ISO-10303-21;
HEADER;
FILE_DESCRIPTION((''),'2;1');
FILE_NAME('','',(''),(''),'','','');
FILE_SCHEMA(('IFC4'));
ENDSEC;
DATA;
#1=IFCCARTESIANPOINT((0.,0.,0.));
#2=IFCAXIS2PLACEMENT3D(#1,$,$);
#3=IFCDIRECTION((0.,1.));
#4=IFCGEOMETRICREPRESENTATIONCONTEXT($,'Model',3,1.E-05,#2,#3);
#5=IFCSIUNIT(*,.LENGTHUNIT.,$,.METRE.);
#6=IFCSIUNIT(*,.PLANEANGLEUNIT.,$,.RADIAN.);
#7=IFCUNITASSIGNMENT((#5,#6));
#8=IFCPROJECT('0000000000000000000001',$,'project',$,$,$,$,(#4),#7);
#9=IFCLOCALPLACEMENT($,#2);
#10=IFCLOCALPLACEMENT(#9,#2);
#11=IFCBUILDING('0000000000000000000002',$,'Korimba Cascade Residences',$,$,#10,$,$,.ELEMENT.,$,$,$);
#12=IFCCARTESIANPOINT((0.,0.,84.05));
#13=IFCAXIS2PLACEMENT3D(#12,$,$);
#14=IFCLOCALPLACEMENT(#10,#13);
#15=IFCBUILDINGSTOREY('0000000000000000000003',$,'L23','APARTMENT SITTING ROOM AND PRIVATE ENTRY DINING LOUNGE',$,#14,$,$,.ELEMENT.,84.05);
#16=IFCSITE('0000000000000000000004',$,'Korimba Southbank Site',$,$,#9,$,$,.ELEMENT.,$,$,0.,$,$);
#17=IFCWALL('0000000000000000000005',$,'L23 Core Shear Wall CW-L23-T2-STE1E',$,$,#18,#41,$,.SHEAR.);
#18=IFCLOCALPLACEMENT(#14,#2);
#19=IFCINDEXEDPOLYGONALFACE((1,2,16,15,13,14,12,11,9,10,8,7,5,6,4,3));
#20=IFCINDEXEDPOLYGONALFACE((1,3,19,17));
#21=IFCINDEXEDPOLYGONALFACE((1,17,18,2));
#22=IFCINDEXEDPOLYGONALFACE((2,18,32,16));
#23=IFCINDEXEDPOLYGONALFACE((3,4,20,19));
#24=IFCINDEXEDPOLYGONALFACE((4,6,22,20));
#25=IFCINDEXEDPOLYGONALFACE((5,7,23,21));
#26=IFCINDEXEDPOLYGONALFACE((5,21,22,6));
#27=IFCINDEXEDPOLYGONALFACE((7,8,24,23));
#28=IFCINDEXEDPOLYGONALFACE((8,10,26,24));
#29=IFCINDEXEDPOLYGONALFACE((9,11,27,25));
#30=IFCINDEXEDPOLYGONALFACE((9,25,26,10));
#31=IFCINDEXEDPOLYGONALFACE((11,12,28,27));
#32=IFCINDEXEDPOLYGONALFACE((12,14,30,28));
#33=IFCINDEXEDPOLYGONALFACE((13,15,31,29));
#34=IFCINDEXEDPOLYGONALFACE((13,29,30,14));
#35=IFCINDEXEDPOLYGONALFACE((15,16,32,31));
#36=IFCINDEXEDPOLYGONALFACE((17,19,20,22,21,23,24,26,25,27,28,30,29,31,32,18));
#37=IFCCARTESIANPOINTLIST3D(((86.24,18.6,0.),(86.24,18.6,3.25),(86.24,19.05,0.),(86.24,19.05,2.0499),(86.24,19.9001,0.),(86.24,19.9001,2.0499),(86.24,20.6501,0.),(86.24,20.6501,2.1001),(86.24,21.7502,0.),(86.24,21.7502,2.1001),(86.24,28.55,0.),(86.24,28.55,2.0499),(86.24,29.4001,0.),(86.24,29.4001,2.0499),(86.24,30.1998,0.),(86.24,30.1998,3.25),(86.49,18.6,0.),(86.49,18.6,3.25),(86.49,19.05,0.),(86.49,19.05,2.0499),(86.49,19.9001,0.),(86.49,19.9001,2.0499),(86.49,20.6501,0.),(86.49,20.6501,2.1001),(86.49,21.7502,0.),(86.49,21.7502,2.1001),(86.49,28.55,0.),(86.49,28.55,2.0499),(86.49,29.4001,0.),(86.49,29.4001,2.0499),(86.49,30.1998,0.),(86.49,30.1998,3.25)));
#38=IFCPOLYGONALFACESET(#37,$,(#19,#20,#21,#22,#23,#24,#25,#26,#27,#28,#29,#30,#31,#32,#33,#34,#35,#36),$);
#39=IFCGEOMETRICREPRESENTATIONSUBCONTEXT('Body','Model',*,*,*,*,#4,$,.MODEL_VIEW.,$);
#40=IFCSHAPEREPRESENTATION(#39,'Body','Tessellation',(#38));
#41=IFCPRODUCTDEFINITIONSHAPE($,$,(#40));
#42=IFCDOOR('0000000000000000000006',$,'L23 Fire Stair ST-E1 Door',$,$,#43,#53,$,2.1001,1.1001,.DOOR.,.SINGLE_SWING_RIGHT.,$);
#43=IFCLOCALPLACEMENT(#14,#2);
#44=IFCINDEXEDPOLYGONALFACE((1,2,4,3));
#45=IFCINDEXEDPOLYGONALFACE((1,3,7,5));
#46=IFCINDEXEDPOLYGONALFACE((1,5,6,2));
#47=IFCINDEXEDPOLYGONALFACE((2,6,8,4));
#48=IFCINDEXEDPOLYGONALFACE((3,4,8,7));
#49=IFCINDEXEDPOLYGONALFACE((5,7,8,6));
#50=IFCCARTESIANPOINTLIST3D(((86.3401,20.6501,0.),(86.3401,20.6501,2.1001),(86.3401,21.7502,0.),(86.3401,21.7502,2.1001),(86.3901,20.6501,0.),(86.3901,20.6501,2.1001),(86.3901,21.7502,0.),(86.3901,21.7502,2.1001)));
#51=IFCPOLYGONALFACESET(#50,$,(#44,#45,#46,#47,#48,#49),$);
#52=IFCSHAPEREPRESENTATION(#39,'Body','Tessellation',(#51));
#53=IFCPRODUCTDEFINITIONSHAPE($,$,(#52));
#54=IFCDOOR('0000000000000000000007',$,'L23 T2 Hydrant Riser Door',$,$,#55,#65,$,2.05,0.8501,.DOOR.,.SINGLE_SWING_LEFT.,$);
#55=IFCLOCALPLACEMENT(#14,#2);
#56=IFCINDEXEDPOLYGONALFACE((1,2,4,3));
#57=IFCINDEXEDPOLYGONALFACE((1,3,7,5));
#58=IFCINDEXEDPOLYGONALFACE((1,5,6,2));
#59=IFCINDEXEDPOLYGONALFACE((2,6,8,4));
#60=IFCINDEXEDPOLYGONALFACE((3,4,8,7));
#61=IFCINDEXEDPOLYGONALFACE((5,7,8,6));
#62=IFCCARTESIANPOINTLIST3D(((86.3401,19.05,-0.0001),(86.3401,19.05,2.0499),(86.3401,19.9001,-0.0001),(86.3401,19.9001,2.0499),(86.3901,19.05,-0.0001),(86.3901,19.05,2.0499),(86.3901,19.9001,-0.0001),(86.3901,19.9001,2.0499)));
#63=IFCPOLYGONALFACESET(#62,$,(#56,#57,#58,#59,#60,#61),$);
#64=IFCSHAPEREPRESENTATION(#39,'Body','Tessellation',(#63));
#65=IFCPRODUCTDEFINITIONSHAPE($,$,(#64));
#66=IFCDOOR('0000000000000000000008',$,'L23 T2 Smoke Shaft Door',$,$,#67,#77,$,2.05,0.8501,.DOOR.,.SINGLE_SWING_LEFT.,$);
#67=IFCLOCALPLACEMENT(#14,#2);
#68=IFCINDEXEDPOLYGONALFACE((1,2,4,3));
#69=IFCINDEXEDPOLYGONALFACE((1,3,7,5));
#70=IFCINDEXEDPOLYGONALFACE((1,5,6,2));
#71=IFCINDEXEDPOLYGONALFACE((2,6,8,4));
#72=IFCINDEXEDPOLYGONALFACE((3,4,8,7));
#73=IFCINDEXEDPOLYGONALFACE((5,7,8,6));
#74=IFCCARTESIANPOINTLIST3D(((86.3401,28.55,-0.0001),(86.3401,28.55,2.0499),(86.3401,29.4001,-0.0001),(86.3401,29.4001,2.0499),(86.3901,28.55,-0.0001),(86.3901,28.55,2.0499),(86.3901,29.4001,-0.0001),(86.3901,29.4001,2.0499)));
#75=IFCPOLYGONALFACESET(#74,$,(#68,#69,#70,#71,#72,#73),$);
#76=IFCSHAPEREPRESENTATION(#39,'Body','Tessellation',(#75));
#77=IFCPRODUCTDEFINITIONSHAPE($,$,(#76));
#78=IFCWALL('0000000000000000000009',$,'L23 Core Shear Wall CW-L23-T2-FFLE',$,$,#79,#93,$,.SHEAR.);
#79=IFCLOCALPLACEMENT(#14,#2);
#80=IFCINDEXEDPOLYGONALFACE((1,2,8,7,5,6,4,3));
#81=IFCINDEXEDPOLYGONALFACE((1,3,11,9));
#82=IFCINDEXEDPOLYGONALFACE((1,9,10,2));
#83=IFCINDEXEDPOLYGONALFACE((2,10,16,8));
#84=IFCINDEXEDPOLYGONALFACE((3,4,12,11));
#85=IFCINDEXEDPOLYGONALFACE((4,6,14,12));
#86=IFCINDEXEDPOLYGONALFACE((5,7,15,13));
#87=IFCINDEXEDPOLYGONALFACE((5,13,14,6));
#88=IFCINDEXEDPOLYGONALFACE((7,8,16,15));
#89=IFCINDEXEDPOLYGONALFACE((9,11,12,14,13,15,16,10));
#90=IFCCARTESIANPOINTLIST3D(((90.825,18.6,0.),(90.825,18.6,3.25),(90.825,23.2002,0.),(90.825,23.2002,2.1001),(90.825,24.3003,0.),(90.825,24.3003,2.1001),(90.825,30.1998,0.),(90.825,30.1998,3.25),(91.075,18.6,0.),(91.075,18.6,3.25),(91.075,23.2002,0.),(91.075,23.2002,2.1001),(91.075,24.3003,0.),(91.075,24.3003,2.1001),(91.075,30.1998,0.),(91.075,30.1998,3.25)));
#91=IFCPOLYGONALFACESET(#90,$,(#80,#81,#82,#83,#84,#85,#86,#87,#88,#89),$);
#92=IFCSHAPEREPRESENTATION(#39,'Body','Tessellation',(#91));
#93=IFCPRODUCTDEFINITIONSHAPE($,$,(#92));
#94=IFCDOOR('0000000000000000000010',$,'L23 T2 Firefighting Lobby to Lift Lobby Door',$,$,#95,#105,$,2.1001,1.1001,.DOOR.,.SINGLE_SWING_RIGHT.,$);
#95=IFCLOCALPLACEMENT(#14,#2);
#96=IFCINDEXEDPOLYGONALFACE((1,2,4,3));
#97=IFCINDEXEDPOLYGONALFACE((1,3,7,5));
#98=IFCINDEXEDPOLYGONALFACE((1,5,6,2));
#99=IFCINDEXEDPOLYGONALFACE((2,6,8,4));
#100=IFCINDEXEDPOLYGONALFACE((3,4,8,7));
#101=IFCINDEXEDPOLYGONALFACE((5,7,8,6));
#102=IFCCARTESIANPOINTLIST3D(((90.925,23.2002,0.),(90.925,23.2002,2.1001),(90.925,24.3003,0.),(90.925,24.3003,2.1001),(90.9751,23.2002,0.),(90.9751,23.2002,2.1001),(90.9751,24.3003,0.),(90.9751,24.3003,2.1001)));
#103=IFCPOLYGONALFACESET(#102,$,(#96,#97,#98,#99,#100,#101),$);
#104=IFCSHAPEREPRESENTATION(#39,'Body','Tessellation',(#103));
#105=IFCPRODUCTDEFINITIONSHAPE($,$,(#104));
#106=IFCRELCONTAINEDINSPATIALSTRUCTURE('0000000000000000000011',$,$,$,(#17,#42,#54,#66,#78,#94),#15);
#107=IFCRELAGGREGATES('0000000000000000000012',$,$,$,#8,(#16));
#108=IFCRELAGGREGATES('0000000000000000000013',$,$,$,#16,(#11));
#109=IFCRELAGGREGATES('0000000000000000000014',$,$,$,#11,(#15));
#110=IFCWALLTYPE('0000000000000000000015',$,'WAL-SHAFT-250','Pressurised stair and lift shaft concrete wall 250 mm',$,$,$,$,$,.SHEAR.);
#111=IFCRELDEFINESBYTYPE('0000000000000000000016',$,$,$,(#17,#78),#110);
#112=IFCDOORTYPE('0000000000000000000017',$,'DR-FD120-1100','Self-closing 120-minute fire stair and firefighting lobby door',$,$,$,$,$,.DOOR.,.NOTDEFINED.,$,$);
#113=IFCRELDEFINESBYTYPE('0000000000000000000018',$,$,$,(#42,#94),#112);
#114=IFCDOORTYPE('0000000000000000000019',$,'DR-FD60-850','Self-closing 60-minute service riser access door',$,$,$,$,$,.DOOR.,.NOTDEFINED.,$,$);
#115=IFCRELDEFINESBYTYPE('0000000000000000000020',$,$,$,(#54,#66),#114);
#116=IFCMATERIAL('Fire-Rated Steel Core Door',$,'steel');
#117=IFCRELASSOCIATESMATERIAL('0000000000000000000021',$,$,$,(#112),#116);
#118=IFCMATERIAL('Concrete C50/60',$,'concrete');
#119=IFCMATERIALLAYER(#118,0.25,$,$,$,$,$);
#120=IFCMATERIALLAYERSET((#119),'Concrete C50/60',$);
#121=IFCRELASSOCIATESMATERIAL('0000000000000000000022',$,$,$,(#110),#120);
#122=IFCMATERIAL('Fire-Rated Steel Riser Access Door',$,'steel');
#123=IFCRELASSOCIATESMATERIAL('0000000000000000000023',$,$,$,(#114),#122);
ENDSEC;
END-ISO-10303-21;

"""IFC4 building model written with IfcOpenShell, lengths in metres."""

from ifc_helpers import new_model, si_unit, direction, frame, frame_2d, origin, place, context, subcontext, project, spatial, rectangle, extrude, material, layer, layer_set, type_object, element, fill, save


model = new_model("IFC4")

# Units and contexts
model_context = context("Model", 3, precision=1e-05, world=origin(), true_north=direction((0.0, 1.0)))
body_context = subcontext(model_context, "Body", "Model", "MODEL_VIEW")
ifc_project = project(units=[si_unit("LENGTHUNIT", "METRE"), si_unit("PLANEANGLEUNIT", "RADIAN")], contexts=[model_context])

# Site, building, storey
site_placement = place(None, origin())
site = spatial("IfcSite", under=ifc_project, at=site_placement, Name="Korimba Southbank Site", CompositionType="ELEMENT", RefElevation=0.0)
building_placement = place(site_placement, origin())
building = spatial("IfcBuilding", under=site, at=building_placement, Name="Korimba Cascade Residences", CompositionType="ELEMENT")
storey_placement = place(building_placement, frame((0.0, 0.0, 84.05)))
storey = spatial("IfcBuildingStorey", under=building, at=storey_placement, Name="L23", Description="APARTMENT SITTING ROOM AND PRIVATE ENTRY DINING LOUNGE", CompositionType="ELEMENT", Elevation=84.05)

# Shared definitions
ifc_material_1 = material(Name="Fire-Rated Steel Core Door", Category="steel")
door_type_1 = type_object("IfcDoorType", Name="DR-FD120-1100", Description="Self-closing 120-minute fire stair and firefighting lobby door", OperationType="NOTDEFINED", PredefinedType="DOOR", material=ifc_material_1)

# Wall, openings, doors
ifc_material_2 = material(Name="Concrete C50/60", Category="concrete")
ifc_layer_1 = layer(ifc_material_2, 0.25)
ifc_layer_set_1 = layer_set([ifc_layer_1], Name="Concrete C50/60")
wall_type_1 = type_object("IfcWallType", Name="WAL-SHAFT-250", Description="Pressurised stair and lift shaft concrete wall 250 mm", PredefinedType="SHEAR", material=ifc_layer_set_1)
wall_1_placement = place(storey_placement, frame((86.365, 18.6001, 0.0), z_axis=(0.0, 0.0, 1.0), x_axis=(0.0, 1.0, 0.0)))
wall_1 = element("IfcWall", 1, at=wall_1_placement, inside=storey, type_object=wall_type_1, Name="L23 Core Shear Wall CW-L23-T2-STE1E", PredefinedType="SHEAR", context=body_context, shape_type="SweptSolid", body=[
    extrude(rectangle(XDim=11.5999, YDim=0.25, at=frame_2d((5.7998, 0.0))), origin(), (0.0, 0.0, 1.0), 3.25),
])
opening_1_placement = place(wall_1_placement, frame((0.45, 0.0, 0.0)))
opening_1 = element("IfcOpeningElement", 2, at=opening_1_placement, cuts=wall_1, PredefinedType="OPENING", context=body_context, shape_type="SweptSolid", body=[
    extrude(rectangle(XDim=0.8501, YDim=2.05, at=frame_2d((0.425, 1.0249))), frame((0.0, 0.135, 0.0), z_axis=(0.0, -1.0, 0.0), x_axis=(1.0, 0.0, 0.0)), (0.0, 0.0, 1.0), 0.27),
])
opening_2_placement = place(wall_1_placement, frame((2.05, 0.0, 0.0)))
opening_2 = element("IfcOpeningElement", 3, at=opening_2_placement, cuts=wall_1, PredefinedType="OPENING", context=body_context, shape_type="SweptSolid", body=[
    extrude(rectangle(XDim=1.1001, YDim=2.1001, at=frame_2d((0.55, 1.05))), frame((0.0, 0.135, 0.0), z_axis=(0.0, -1.0, 0.0), x_axis=(1.0, 0.0, 0.0)), (0.0, 0.0, 1.0), 0.27),
])
opening_3_placement = place(wall_1_placement, frame((9.95, 0.0, 0.0)))
opening_3 = element("IfcOpeningElement", 4, at=opening_3_placement, cuts=wall_1, PredefinedType="OPENING", context=body_context, shape_type="SweptSolid", body=[
    extrude(rectangle(XDim=0.8501, YDim=2.05, at=frame_2d((0.425, 1.0249))), frame((0.0, 0.135, 0.0), z_axis=(0.0, -1.0, 0.0), x_axis=(1.0, 0.0, 0.0)), (0.0, 0.0, 1.0), 0.27),
])
door_1_placement = place(opening_2_placement, origin())
door_1 = element("IfcDoor", 5, at=door_1_placement, inside=storey, type_object=door_type_1, Name="L23 Fire Stair ST-E1 Door", OperationType="SINGLE_SWING_RIGHT", OverallHeight=2.1001, OverallWidth=1.1001, PredefinedType="DOOR", context=body_context, shape_type="SweptSolid", body=[
    extrude(rectangle(XDim=1.1001, YDim=2.1001, at=frame_2d((0.55, 1.05))), frame((0.0, 0.0249, 0.0), z_axis=(0.0, -1.0, 0.0), x_axis=(1.0, 0.0, 0.0)), (0.0, 0.0, 1.0), 0.05),
])
fill(opening_2, door_1)
ifc_material_3 = material(Name="Fire-Rated Steel Riser Access Door", Category="steel")
door_type_2 = type_object("IfcDoorType", Name="DR-FD60-850", Description="Self-closing 60-minute service riser access door", OperationType="NOTDEFINED", PredefinedType="DOOR", material=ifc_material_3)
door_2_placement = place(opening_1_placement, origin())
door_2 = element("IfcDoor", 6, at=door_2_placement, inside=storey, type_object=door_type_2, Name="L23 T2 Hydrant Riser Door", OperationType="SINGLE_SWING_LEFT", OverallHeight=2.05, OverallWidth=0.8501, PredefinedType="DOOR", context=body_context, shape_type="SweptSolid", body=[
    extrude(rectangle(XDim=0.8501, YDim=2.05, at=frame_2d((0.425, 1.0249))), frame((0.0, 0.0249, 0.0), z_axis=(0.0, -1.0, 0.0), x_axis=(1.0, 0.0, 0.0)), (0.0, 0.0, 1.0), 0.05),
])
fill(opening_1, door_2)
door_3_placement = place(opening_3_placement, origin())
door_3 = element("IfcDoor", 7, at=door_3_placement, inside=storey, type_object=door_type_2, Name="L23 T2 Smoke Shaft Door", OperationType="SINGLE_SWING_LEFT", OverallHeight=2.05, OverallWidth=0.8501, PredefinedType="DOOR", context=body_context, shape_type="SweptSolid", body=[
    extrude(rectangle(XDim=0.8501, YDim=2.05, at=frame_2d((0.425, 1.0249))), frame((0.0, 0.0249, 0.0), z_axis=(0.0, -1.0, 0.0), x_axis=(1.0, 0.0, 0.0)), (0.0, 0.0, 1.0), 0.05),
])
fill(opening_3, door_3)

# Wall, opening, door
wall_2_placement = place(storey_placement, frame((90.95, 18.6001, 0.0), z_axis=(0.0, 0.0, 1.0), x_axis=(0.0, 1.0, 0.0)))
wall_2 = element("IfcWall", 8, at=wall_2_placement, inside=storey, type_object=wall_type_1, Name="L23 Core Shear Wall CW-L23-T2-FFLE", PredefinedType="SHEAR", context=body_context, shape_type="SweptSolid", body=[
    extrude(rectangle(XDim=11.5999, YDim=0.25, at=frame_2d((5.7998, 0.0))), origin(), (0.0, 0.0, 1.0), 3.25),
])
opening_4_placement = place(wall_2_placement, frame((4.6001, 0.0, 0.0)))
opening_4 = element("IfcOpeningElement", 9, at=opening_4_placement, cuts=wall_2, PredefinedType="OPENING", context=body_context, shape_type="SweptSolid", body=[
    extrude(rectangle(XDim=1.1001, YDim=2.1001, at=frame_2d((0.55, 1.05))), frame((0.0, 0.135, 0.0), z_axis=(0.0, -1.0, 0.0), x_axis=(1.0, 0.0, 0.0)), (0.0, 0.0, 1.0), 0.27),
])
door_4_placement = place(opening_4_placement, origin())
door_4 = element("IfcDoor", 10, at=door_4_placement, inside=storey, type_object=door_type_1, Name="L23 T2 Firefighting Lobby to Lift Lobby Door", OperationType="SINGLE_SWING_RIGHT", OverallHeight=2.1001, OverallWidth=1.1001, PredefinedType="DOOR", context=body_context, shape_type="SweptSolid", body=[
    extrude(rectangle(XDim=1.1001, YDim=2.1001, at=frame_2d((0.55, 1.05))), frame((0.0, 0.0249, 0.0), z_axis=(0.0, -1.0, 0.0), x_axis=(1.0, 0.0, 0.0)), (0.0, 0.0, 1.0), 0.05),
])
fill(opening_4, door_4)

save(model, "model.ifc")
